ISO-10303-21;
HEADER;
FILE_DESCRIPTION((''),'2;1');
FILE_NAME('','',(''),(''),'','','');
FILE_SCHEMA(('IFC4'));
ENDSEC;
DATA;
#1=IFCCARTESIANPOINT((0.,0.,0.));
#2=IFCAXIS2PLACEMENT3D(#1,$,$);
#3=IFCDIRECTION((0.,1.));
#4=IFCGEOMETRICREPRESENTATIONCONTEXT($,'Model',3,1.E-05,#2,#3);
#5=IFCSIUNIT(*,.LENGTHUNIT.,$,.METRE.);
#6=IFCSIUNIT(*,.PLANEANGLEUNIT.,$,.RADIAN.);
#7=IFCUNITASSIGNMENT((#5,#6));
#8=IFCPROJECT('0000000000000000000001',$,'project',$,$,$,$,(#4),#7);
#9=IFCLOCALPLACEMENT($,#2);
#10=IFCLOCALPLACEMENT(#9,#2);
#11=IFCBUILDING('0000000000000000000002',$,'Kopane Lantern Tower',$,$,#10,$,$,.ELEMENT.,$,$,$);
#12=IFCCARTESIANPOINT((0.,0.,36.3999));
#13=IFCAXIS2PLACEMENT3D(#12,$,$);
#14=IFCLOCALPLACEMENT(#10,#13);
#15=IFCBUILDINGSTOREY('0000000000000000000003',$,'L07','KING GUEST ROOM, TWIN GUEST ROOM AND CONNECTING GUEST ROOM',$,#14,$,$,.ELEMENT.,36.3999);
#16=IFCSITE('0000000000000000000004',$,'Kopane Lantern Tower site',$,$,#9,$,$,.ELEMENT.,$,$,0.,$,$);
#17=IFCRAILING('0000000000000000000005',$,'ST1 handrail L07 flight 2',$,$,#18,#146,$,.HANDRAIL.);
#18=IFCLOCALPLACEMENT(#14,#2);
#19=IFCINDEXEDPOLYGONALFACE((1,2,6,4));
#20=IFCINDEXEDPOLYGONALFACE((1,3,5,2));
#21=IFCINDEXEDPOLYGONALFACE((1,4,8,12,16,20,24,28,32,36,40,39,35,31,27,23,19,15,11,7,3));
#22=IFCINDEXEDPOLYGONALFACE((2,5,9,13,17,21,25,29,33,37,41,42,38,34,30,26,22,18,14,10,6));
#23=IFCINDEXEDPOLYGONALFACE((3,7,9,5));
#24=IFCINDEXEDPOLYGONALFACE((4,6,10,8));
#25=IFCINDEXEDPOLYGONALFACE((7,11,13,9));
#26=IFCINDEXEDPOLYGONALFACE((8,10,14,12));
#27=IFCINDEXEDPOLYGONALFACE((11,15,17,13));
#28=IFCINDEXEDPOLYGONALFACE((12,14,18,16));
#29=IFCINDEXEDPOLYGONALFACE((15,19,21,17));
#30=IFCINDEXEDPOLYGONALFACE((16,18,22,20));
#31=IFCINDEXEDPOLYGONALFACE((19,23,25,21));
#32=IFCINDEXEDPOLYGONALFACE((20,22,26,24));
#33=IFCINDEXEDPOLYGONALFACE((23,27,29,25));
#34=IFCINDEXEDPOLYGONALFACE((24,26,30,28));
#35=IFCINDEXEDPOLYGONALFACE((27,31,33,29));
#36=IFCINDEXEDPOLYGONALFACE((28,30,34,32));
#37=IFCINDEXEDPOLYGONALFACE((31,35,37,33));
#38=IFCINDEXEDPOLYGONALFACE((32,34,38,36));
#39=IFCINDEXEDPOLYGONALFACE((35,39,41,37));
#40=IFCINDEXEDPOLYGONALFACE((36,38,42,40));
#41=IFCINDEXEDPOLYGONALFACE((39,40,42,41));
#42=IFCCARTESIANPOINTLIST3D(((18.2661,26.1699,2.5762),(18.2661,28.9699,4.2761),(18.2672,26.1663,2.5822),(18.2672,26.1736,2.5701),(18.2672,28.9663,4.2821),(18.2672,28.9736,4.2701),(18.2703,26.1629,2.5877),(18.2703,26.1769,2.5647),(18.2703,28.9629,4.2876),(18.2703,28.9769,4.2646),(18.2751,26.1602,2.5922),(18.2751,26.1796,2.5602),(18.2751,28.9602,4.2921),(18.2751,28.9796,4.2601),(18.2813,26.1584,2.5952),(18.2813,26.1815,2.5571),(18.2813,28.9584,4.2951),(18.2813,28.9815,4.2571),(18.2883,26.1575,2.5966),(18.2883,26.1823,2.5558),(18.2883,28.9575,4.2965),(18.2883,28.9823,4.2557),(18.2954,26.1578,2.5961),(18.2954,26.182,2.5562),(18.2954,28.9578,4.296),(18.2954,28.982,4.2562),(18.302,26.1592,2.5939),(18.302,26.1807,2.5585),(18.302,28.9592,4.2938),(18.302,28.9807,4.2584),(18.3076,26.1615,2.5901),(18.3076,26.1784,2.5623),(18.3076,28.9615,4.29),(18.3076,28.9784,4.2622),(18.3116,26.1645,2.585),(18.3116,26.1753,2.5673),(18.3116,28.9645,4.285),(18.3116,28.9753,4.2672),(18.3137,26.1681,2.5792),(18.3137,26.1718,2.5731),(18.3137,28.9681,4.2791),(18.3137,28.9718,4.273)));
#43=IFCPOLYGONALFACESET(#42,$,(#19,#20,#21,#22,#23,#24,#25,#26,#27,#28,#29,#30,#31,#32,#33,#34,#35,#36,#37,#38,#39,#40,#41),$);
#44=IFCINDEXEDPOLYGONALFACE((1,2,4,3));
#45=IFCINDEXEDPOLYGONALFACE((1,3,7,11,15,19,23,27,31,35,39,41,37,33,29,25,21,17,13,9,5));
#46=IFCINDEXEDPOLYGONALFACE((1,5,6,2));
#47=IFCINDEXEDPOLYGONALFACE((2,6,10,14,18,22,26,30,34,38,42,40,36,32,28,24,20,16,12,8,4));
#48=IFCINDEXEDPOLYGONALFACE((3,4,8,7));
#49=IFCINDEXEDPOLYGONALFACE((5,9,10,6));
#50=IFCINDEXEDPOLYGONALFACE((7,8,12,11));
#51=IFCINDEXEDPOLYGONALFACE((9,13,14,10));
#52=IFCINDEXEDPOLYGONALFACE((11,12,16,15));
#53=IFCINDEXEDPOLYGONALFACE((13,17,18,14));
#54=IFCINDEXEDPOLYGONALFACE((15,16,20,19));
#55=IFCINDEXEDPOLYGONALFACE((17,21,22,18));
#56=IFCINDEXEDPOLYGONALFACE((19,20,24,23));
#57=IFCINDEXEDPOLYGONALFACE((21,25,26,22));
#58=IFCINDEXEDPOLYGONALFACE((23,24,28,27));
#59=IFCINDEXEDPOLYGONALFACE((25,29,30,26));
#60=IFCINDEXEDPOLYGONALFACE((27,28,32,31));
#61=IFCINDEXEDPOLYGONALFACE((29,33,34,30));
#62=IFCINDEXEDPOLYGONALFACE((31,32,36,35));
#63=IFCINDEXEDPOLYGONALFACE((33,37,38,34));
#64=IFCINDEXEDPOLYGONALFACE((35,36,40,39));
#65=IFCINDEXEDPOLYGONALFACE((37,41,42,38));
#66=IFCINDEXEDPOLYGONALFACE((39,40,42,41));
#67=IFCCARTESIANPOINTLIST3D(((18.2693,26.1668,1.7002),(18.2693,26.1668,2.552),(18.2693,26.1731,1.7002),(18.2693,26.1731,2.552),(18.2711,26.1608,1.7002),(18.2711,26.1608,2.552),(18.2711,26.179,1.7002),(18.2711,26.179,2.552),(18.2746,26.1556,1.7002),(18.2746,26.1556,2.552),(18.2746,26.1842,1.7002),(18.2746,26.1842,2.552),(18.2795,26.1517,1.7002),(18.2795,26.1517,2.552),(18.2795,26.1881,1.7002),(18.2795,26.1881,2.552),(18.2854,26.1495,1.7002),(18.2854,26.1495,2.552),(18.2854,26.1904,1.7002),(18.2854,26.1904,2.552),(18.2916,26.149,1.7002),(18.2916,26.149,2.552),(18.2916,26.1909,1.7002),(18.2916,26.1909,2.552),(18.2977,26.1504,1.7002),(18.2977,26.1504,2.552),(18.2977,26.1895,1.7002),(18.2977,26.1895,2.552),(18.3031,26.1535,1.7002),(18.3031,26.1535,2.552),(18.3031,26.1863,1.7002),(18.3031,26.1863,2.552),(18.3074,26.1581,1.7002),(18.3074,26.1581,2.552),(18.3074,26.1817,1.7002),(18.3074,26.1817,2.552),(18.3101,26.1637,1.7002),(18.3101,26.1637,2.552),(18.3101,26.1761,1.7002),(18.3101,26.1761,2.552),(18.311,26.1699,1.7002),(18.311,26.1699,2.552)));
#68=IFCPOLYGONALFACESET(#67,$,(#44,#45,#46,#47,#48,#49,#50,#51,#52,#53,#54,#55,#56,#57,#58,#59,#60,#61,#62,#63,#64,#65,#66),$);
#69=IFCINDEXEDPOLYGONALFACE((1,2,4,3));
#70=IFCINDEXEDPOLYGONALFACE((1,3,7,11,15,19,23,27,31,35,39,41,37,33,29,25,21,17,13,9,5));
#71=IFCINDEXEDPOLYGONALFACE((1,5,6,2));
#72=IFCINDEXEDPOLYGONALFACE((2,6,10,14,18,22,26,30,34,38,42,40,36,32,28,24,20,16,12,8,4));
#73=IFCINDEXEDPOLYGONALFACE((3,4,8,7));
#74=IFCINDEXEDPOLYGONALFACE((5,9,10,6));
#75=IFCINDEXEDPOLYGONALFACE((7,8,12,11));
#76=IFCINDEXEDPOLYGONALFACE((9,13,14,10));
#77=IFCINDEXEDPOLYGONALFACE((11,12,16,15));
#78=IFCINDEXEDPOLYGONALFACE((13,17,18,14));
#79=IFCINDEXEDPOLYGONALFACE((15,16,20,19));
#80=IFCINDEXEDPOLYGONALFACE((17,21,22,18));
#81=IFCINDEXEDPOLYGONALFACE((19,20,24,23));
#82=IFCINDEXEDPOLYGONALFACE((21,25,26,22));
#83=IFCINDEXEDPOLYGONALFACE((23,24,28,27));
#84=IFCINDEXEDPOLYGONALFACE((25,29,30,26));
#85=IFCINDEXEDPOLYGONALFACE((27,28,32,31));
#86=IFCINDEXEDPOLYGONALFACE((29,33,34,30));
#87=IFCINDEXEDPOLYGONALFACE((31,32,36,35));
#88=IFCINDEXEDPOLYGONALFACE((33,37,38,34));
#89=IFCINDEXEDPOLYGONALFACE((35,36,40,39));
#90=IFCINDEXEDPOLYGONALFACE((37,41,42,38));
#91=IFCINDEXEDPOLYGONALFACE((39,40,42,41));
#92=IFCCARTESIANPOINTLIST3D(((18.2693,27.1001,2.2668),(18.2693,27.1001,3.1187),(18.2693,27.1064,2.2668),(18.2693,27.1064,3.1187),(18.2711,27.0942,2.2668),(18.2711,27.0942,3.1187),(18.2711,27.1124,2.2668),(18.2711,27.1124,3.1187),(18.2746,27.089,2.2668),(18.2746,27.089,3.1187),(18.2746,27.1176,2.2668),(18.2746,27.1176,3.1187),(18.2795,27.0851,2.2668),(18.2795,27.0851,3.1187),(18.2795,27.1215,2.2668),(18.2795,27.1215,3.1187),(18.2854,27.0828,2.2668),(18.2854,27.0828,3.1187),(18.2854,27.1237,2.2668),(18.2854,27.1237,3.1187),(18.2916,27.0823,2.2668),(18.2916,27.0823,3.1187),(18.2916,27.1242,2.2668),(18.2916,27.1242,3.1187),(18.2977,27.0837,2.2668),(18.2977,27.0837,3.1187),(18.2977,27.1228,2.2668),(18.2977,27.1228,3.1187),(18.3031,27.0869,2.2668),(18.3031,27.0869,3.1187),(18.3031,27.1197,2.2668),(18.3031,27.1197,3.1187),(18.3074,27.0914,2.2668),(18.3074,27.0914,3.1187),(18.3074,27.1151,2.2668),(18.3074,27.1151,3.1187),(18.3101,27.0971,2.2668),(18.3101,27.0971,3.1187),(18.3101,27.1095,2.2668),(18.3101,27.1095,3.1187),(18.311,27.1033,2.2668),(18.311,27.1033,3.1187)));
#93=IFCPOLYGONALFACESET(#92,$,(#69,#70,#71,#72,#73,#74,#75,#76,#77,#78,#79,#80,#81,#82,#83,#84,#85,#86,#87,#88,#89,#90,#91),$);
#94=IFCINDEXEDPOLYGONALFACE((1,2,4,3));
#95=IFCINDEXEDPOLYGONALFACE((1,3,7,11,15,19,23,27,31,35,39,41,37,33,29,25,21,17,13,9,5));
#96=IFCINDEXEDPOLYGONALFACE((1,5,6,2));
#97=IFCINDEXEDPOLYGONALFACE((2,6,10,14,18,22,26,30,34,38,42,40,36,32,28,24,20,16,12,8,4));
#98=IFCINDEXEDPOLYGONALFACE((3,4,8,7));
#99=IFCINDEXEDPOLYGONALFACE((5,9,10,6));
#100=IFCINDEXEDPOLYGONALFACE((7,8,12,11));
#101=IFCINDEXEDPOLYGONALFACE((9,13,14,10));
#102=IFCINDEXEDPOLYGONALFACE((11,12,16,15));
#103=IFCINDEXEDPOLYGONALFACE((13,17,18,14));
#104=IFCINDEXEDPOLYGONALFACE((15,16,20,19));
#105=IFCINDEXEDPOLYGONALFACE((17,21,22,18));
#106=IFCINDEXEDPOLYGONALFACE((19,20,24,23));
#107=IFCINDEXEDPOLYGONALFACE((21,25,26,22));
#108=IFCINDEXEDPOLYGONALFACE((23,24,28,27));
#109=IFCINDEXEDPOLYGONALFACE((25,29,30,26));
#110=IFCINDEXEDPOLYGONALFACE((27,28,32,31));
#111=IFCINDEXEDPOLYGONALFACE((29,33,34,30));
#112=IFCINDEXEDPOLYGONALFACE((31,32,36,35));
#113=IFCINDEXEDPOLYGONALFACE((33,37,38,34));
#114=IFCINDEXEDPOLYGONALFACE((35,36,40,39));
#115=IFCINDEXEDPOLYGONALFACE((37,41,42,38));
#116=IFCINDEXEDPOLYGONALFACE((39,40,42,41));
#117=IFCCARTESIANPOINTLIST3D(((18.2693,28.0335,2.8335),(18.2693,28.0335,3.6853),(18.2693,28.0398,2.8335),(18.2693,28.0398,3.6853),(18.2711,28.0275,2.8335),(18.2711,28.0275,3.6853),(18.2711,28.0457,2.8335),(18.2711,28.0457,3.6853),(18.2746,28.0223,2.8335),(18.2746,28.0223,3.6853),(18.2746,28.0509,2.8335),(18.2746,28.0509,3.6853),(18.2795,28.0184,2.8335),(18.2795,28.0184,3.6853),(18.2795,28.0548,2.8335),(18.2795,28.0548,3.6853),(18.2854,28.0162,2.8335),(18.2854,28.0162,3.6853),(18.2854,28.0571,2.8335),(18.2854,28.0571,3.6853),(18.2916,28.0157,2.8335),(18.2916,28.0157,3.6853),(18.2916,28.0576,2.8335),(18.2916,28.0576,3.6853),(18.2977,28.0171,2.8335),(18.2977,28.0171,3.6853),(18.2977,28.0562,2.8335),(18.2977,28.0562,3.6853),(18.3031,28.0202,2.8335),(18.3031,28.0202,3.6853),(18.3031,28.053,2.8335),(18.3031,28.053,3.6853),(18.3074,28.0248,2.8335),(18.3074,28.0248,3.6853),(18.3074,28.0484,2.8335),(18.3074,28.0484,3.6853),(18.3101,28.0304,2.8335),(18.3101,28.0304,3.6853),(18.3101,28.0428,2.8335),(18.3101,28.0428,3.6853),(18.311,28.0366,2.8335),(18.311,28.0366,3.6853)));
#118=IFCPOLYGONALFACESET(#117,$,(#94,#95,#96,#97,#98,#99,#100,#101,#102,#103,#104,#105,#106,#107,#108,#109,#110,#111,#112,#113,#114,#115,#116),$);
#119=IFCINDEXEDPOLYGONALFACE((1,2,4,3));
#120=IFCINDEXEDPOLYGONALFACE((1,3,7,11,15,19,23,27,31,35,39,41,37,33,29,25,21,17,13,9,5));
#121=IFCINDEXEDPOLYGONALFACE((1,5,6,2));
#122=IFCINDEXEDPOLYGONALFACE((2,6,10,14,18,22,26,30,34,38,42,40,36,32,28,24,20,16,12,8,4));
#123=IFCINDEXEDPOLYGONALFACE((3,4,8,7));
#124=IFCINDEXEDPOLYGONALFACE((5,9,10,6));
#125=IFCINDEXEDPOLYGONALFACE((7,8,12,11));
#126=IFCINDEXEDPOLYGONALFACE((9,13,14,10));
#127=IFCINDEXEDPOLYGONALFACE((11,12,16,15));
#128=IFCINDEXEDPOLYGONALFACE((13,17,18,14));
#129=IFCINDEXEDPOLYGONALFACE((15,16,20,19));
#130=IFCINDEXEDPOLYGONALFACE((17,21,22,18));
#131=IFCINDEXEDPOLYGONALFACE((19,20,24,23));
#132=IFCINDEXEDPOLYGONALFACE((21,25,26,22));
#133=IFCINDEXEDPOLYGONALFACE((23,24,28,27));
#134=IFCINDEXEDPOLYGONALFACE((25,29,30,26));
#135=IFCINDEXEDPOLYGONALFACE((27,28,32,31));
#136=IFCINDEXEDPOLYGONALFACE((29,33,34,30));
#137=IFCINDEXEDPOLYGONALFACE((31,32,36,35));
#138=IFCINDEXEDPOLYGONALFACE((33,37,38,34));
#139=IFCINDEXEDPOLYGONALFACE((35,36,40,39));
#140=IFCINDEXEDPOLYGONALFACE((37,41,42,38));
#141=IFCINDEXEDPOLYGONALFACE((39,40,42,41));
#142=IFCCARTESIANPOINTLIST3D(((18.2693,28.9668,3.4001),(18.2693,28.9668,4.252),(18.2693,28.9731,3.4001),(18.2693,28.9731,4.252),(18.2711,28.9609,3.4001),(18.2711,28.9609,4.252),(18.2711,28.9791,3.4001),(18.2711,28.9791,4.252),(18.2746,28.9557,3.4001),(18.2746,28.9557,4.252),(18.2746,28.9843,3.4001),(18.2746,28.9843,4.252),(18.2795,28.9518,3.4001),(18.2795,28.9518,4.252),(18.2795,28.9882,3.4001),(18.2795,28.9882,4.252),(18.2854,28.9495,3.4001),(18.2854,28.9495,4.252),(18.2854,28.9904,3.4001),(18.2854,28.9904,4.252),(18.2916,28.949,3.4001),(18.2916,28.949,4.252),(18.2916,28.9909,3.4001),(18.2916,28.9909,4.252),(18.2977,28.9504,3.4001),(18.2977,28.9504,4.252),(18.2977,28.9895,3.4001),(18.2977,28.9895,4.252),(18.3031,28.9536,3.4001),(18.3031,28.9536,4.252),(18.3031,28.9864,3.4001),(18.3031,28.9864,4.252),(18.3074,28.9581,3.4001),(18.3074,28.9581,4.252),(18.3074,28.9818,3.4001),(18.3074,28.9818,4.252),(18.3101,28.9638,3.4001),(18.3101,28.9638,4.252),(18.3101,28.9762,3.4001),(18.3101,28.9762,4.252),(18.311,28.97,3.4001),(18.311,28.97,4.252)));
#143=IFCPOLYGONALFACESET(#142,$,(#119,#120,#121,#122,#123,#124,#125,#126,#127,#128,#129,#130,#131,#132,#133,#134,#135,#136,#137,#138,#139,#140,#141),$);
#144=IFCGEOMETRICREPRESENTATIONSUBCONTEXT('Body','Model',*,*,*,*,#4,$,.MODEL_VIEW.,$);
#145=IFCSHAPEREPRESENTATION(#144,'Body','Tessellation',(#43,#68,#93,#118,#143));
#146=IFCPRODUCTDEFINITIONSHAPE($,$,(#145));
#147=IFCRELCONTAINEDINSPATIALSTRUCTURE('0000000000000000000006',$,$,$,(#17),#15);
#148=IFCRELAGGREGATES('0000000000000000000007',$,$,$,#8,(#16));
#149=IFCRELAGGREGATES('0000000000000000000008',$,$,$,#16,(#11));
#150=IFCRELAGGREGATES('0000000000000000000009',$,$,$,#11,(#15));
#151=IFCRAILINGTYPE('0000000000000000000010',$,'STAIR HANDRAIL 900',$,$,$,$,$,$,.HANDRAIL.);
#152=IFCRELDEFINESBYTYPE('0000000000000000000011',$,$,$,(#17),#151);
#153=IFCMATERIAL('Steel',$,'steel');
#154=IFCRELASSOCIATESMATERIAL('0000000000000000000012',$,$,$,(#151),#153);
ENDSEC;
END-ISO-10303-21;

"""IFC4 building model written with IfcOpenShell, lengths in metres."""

from ifc_helpers import new_model, si_unit, direction, frame, origin, origin_2d, place, context, subcontext, project, spatial, circle, extrude, material, type_object, element, save


model = new_model("IFC4")

# Units and contexts
model_context = context("Model", 3, precision=1e-05, world=origin(), true_north=direction((0.0, 1.0)))
body_context = subcontext(model_context, "Body", "Model", "MODEL_VIEW")
ifc_project = project(units=[si_unit("LENGTHUNIT", "METRE"), si_unit("PLANEANGLEUNIT", "RADIAN")], contexts=[model_context])

# Site, building, storey
site_placement = place(None, origin())
site = spatial("IfcSite", under=ifc_project, at=site_placement, Name="Kopane Lantern Tower site", CompositionType="ELEMENT", RefElevation=0.0)
building_placement = place(site_placement, origin())
building = spatial("IfcBuilding", under=site, at=building_placement, Name="Kopane Lantern Tower", CompositionType="ELEMENT")
storey_placement = place(building_placement, frame((0.0, 0.0, 36.3999)))
storey = spatial("IfcBuildingStorey", under=building, at=storey_placement, Name="L07", Description="KING GUEST ROOM, TWIN GUEST ROOM AND CONNECTING GUEST ROOM", CompositionType="ELEMENT", Elevation=36.3999)

# Railing
ifc_material_1 = material(Name="Steel", Category="steel")
railing_type_1 = type_object("IfcRailingType", Name="STAIR HANDRAIL 900", PredefinedType="HANDRAIL", material=ifc_material_1)
for number, where, name in (
    (1, (18.29, 26.1699, 1.7002), "ST1 handrail L07 flight 2"),
):
    element("IfcRailing", number, at=place(storey_placement, frame(where)), inside=storey, type_object=railing_type_1, Name=name, PredefinedType="HANDRAIL", context=body_context, shape_type="SweptSolid", body=[
        extrude(circle(Radius=0.0239, at=origin_2d()), frame((0.0, 0.0, 0.876), z_axis=(0.0, 0.854798, 0.518961), x_axis=(-1.0, 0.0, 0.0)), (0.0, 0.0, 1.0), 3.2756),
        extrude(circle(Radius=0.021, at=origin_2d()), origin(), (0.0, 0.0, 1.0), 0.8518),
        extrude(circle(Radius=0.021, at=origin_2d()), frame((0.0, 0.9333, 0.5667)), (0.0, 0.0, 1.0), 0.8518),
        extrude(circle(Radius=0.021, at=origin_2d()), frame((0.0, 1.8667, 1.1333)), (0.0, 0.0, 1.0), 0.8518),
        extrude(circle(Radius=0.021, at=origin_2d()), frame((0.0, 2.8, 1.7)), (0.0, 0.0, 1.0), 0.8518),
    ])

save(model, "model.ifc")
